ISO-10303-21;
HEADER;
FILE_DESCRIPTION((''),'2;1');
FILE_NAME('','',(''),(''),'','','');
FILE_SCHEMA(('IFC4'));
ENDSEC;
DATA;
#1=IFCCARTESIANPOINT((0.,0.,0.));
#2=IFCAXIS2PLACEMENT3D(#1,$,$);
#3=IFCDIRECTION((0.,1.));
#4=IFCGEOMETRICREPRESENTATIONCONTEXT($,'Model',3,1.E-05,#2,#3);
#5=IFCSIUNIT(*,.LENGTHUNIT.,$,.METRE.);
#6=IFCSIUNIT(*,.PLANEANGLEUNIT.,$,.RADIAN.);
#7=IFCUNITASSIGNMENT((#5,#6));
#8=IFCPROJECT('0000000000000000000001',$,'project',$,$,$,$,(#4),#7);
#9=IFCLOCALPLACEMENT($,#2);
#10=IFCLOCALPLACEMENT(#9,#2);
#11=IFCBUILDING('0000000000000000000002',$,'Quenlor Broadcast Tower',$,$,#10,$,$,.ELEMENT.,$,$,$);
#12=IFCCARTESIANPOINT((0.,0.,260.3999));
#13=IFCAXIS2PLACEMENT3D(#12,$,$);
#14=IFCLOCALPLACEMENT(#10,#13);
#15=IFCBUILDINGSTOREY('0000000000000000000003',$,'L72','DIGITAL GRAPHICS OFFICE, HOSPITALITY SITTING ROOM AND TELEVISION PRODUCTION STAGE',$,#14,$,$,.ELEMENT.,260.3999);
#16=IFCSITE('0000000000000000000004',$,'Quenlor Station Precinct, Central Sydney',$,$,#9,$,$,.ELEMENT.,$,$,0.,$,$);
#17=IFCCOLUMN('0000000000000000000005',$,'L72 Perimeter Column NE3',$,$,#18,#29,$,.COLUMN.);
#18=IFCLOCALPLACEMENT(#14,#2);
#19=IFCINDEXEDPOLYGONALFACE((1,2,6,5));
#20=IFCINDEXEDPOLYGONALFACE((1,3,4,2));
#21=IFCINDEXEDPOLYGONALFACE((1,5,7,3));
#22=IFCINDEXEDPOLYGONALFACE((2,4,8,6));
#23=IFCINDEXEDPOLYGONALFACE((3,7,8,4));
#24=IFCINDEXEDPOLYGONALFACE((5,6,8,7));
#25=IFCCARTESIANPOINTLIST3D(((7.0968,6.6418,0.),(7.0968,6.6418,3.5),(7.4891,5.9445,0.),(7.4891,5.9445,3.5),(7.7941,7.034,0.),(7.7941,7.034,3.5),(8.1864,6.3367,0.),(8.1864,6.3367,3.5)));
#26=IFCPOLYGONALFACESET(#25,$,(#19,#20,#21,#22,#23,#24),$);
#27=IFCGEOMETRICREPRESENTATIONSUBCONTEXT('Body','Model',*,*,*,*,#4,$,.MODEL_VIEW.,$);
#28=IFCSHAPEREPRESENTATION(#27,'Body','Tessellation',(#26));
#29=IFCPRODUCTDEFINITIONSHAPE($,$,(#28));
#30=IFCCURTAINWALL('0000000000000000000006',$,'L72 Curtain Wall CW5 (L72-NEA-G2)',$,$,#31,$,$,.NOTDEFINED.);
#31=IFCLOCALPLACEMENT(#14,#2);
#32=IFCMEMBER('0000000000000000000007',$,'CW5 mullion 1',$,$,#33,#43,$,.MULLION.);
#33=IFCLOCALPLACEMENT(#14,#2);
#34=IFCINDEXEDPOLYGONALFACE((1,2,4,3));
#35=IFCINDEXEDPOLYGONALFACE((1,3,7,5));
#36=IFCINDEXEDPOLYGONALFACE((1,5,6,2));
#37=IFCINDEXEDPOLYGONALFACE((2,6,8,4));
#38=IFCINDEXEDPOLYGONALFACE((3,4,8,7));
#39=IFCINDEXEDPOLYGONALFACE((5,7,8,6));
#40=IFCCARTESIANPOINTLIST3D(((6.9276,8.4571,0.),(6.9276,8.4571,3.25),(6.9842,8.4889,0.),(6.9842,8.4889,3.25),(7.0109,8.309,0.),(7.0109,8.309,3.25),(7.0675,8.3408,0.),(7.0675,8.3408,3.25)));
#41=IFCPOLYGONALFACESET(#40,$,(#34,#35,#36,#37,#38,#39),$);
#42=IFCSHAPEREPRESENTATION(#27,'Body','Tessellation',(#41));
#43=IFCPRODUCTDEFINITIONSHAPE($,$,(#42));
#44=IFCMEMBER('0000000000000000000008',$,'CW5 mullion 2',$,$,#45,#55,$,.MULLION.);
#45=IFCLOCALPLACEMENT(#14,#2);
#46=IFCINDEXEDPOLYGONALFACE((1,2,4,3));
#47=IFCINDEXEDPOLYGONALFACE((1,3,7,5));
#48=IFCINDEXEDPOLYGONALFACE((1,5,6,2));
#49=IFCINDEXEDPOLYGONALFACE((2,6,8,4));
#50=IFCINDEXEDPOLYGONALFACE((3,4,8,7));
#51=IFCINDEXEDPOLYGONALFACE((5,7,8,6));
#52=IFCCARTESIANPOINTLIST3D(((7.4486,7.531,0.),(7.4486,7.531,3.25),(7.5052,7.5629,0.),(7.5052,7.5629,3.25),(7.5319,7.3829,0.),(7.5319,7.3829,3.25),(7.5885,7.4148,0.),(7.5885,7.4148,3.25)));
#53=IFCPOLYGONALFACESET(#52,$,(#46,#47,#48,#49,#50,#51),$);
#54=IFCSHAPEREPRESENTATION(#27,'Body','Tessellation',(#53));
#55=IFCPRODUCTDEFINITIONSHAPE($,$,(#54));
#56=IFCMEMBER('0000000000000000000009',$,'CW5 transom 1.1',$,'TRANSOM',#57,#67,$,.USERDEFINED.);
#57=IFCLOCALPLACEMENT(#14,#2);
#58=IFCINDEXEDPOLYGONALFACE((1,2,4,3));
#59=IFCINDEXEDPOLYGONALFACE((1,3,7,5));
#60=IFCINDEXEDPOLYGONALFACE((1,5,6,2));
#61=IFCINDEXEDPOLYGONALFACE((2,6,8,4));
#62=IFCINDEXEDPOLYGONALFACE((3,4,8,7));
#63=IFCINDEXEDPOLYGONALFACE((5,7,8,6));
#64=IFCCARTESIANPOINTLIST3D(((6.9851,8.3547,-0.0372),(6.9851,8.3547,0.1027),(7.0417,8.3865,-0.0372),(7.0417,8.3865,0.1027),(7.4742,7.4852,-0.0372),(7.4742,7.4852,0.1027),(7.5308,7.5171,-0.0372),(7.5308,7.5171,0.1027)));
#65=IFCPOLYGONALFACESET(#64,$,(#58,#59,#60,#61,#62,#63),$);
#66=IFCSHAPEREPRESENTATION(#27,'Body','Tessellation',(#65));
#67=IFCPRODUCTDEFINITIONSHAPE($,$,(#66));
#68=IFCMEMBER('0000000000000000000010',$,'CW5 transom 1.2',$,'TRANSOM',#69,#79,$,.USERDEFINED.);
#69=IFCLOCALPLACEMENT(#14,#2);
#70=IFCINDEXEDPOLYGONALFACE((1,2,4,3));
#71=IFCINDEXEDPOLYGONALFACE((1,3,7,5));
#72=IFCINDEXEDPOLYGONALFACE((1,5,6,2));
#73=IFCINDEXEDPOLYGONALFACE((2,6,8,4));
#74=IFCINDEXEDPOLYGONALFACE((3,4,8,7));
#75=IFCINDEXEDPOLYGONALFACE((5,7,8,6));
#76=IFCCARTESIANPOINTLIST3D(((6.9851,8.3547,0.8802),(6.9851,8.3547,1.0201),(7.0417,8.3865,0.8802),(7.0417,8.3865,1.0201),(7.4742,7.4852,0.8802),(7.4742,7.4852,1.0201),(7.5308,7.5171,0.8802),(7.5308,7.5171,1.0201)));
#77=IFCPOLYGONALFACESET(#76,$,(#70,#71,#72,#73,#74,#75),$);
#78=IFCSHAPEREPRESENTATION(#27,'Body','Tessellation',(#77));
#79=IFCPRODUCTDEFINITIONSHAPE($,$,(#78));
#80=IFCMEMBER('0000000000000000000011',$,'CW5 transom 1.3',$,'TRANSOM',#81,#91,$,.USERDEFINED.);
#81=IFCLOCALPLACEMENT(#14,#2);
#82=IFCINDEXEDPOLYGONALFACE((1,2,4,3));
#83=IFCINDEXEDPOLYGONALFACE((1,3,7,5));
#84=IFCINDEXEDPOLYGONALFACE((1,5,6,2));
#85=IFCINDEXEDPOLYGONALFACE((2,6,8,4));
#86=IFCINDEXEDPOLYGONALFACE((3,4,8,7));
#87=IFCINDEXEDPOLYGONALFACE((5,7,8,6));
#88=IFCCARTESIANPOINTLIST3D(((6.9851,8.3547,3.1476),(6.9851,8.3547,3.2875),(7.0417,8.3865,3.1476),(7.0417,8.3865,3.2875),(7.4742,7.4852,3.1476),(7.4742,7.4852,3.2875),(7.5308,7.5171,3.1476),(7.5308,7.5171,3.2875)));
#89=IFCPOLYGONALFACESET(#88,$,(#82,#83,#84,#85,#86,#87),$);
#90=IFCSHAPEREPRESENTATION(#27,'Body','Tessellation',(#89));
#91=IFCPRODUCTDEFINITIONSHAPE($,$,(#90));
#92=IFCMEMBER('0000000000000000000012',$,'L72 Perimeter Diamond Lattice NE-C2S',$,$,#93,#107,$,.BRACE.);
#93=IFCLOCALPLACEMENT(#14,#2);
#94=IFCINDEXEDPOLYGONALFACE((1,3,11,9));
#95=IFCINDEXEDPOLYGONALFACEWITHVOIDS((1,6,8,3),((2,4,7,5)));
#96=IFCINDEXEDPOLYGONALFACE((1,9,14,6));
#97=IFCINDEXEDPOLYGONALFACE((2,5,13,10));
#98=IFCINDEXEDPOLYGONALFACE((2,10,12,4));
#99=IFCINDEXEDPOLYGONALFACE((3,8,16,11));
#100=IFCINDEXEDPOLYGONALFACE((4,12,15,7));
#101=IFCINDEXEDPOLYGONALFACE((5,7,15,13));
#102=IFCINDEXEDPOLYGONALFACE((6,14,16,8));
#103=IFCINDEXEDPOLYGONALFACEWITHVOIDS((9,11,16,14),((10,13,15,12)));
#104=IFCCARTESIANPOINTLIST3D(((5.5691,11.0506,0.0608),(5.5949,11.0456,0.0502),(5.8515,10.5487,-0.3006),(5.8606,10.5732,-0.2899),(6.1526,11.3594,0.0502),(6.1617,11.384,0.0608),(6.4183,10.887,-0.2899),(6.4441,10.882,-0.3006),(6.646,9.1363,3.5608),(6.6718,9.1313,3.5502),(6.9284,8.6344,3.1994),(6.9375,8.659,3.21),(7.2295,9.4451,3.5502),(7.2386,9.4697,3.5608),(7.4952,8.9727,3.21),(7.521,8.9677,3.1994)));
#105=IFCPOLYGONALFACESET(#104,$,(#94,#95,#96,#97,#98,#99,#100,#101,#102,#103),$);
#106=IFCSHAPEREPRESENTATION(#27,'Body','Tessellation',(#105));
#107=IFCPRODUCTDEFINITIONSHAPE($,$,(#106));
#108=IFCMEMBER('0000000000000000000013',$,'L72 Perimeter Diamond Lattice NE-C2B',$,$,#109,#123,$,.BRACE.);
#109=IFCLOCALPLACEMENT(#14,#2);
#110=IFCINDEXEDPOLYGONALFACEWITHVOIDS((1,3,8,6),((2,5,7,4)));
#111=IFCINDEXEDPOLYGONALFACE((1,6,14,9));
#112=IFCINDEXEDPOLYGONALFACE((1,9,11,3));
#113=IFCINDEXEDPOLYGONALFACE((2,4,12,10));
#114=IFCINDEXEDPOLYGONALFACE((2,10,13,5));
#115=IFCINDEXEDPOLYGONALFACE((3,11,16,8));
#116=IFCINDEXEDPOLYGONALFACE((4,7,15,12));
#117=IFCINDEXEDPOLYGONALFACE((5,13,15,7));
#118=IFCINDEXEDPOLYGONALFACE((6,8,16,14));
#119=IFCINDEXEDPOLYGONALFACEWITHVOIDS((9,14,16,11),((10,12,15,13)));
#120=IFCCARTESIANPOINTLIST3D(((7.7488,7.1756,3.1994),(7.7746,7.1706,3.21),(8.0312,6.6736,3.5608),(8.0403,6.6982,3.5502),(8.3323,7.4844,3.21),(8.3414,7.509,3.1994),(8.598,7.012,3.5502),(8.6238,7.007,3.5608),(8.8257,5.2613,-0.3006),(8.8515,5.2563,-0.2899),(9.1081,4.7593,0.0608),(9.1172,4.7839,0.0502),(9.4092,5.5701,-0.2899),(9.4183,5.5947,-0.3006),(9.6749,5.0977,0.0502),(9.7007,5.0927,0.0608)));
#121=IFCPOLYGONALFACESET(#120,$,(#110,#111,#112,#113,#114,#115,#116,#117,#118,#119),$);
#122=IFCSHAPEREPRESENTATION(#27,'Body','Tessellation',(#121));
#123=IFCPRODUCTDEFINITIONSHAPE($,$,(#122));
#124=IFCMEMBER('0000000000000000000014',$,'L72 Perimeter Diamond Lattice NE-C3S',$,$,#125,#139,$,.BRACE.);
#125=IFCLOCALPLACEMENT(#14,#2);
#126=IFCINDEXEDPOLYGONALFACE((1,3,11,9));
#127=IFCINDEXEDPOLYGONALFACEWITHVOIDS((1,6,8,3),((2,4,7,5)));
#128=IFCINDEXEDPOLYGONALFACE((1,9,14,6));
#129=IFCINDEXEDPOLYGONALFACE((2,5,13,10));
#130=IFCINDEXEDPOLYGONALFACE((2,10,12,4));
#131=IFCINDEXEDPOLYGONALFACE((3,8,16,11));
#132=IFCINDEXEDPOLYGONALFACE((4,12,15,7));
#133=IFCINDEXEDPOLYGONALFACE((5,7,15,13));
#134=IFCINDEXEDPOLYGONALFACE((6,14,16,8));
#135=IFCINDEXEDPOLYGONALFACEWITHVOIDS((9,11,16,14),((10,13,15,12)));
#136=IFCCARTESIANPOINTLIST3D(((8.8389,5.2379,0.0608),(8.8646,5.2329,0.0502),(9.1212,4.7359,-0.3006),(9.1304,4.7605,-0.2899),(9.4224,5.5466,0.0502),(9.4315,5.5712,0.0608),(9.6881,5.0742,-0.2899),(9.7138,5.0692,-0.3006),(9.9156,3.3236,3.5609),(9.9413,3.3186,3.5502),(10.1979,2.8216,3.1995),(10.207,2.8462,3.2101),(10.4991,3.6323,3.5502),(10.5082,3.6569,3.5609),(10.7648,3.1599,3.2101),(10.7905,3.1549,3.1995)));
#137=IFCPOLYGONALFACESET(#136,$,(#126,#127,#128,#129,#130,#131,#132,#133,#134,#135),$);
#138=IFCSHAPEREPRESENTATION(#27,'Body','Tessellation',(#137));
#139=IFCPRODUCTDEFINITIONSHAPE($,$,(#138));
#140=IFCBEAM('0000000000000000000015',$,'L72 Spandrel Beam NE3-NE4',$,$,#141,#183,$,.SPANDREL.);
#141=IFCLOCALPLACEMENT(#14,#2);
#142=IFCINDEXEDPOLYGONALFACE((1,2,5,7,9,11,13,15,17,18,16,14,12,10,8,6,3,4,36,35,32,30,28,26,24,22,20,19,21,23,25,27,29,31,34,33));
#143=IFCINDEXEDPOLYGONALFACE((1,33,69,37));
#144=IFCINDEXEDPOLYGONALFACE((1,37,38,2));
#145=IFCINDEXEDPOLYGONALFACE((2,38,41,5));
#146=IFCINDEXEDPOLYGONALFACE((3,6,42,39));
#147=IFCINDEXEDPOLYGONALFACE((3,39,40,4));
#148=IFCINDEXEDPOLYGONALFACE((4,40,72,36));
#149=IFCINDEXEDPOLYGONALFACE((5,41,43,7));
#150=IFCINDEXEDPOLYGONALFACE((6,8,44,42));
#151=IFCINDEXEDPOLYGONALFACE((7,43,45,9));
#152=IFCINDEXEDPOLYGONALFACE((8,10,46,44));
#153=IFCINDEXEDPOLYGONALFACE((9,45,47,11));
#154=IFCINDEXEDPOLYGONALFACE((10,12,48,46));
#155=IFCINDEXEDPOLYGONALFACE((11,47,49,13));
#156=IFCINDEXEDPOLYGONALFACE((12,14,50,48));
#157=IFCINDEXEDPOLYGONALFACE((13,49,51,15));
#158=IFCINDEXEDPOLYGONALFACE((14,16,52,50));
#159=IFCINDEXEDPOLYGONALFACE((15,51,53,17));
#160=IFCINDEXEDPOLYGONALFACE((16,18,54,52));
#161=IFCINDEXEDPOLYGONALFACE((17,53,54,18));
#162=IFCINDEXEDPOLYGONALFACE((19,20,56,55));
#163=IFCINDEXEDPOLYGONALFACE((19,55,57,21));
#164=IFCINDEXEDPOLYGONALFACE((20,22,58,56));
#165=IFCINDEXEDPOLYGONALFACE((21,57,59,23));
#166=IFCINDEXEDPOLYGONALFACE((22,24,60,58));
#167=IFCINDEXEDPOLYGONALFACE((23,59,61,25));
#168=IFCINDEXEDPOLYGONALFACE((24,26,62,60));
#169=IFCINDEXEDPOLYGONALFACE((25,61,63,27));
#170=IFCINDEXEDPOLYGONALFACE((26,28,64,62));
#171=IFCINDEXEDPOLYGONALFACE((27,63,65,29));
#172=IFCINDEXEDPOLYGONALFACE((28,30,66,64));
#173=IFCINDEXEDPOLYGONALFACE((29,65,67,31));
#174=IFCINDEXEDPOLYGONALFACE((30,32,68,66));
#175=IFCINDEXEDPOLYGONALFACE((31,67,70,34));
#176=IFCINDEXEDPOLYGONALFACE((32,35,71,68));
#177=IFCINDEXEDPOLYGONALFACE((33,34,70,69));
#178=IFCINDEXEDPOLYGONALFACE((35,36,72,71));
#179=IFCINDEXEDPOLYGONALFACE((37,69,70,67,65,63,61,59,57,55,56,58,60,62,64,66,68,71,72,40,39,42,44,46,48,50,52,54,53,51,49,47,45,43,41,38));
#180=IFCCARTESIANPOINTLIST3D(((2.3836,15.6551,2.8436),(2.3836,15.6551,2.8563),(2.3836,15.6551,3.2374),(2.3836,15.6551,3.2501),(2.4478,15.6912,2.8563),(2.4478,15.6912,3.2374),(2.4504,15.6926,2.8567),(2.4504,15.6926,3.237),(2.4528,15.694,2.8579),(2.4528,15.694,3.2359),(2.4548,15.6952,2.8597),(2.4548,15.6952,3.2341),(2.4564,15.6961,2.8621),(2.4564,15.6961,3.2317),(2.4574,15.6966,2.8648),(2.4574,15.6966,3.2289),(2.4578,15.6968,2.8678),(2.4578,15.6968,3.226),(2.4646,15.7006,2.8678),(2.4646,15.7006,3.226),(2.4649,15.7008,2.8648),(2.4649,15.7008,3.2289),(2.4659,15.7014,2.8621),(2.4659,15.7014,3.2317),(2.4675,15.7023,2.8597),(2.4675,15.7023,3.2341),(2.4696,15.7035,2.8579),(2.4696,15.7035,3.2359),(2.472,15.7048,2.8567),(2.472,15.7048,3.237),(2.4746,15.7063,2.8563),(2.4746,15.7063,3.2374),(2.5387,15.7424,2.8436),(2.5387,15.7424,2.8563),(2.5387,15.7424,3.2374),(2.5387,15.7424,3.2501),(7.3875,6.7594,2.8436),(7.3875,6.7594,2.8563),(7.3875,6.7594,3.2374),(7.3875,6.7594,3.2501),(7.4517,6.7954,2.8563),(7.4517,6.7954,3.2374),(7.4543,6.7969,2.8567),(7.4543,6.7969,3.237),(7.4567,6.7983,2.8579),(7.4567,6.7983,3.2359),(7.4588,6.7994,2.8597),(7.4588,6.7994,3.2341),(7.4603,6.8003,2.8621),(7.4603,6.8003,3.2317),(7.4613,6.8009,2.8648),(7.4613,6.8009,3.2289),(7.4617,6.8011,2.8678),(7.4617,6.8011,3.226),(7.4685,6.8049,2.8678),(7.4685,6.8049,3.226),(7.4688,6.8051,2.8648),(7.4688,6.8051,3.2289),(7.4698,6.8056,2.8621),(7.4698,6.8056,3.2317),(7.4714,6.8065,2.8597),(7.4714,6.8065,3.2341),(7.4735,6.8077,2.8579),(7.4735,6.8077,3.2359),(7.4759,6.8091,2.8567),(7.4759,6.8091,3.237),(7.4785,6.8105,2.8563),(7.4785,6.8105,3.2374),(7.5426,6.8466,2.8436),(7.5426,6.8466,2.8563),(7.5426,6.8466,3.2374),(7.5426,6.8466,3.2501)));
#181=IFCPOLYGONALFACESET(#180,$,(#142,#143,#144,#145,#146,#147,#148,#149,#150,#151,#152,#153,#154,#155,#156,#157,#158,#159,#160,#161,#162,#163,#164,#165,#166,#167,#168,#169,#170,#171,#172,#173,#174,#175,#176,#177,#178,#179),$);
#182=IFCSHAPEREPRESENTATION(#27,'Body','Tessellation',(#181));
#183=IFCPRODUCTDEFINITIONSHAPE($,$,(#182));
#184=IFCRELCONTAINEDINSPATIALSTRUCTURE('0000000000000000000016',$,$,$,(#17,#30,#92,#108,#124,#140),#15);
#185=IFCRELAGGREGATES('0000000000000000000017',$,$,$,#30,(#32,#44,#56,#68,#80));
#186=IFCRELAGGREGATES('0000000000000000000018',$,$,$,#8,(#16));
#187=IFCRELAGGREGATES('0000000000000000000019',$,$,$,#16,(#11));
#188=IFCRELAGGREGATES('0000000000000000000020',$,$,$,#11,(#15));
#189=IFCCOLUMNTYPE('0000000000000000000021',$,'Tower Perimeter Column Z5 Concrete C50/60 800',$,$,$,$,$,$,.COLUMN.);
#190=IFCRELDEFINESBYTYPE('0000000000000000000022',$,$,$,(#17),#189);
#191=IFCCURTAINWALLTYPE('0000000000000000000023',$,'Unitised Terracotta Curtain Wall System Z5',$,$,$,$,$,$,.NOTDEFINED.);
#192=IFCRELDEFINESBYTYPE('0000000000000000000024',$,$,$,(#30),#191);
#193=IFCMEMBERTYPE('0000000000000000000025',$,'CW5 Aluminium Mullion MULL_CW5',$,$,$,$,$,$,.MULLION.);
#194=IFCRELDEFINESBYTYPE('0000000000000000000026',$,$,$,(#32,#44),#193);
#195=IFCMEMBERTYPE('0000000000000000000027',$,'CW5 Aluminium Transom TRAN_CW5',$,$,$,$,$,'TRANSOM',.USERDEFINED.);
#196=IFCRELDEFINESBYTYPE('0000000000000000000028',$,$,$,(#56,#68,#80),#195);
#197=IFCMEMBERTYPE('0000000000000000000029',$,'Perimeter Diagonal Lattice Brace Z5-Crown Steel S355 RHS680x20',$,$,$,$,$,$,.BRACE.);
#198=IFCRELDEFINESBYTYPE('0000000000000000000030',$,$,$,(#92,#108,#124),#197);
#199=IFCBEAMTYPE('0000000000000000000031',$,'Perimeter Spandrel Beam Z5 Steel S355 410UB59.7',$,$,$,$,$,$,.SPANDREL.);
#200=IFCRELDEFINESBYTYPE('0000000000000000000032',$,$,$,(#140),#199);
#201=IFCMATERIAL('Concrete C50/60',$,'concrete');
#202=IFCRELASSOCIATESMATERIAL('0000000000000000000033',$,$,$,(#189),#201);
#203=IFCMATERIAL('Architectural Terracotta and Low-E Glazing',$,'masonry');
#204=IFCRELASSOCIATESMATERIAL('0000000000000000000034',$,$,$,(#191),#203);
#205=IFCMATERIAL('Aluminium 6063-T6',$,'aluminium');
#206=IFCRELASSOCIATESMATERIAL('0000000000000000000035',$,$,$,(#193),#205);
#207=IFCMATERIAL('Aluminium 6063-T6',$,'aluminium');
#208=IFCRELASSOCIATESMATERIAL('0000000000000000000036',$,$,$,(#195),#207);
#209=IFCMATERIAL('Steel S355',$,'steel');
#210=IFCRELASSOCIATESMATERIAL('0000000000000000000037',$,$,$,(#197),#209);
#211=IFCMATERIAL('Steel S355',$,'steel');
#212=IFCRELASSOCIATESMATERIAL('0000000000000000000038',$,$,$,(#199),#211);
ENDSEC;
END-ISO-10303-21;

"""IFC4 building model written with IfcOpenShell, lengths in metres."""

from ifc_helpers import new_model, si_unit, direction, frame, origin, origin_2d, place, context, subcontext, project, spatial, rectangle, hollow_rectangle, i_section, extrude, material, material_profile, profile_set, type_object, element, aggregate, save


model = new_model("IFC4")

# Units and contexts
model_context = context("Model", 3, precision=1e-05, world=origin(), true_north=direction((0.0, 1.0)))
body_context = subcontext(model_context, "Body", "Model", "MODEL_VIEW")
ifc_project = project(units=[si_unit("LENGTHUNIT", "METRE"), si_unit("PLANEANGLEUNIT", "RADIAN")], contexts=[model_context])

# Site, building, storey
site_placement = place(None, origin())
site = spatial("IfcSite", under=ifc_project, at=site_placement, Name="Quenlor Station Precinct, Central Sydney", CompositionType="ELEMENT", RefElevation=0.0)
building_placement = place(site_placement, origin())
building = spatial("IfcBuilding", under=site, at=building_placement, Name="Quenlor Broadcast Tower", CompositionType="ELEMENT")
storey_placement = place(building_placement, frame((0.0, 0.0, 260.3999)))
storey = spatial("IfcBuildingStorey", under=building, at=storey_placement, Name="L72", Description="DIGITAL GRAPHICS OFFICE, HOSPITALITY SITTING ROOM AND TELEVISION PRODUCTION STAGE", CompositionType="ELEMENT", Elevation=260.3999)

# Column
ifc_material_1 = material(Name="Concrete C50/60", Category="concrete")
ifc_material_profile_1 = material_profile(ifc_material_1, rectangle(XDim=0.8, YDim=0.8, at=origin_2d()))
ifc_profile_set_1 = profile_set([ifc_material_profile_1], Name="Concrete C50/60 RC800x800")
column_type = type_object("IfcColumnType", Name="Tower Perimeter Column Z5 Concrete C50/60 800", PredefinedType="COLUMN", material=ifc_profile_set_1)
column_placement = place(storey_placement, frame((7.6416, 6.4893, 0.0), z_axis=(0.0, 0.0, 1.0), x_axis=(0.871575, 0.490262, 0.0)))
element("IfcColumn", 1, at=column_placement, inside=storey, type_object=column_type, Name="L72 Perimeter Column NE3", PredefinedType="COLUMN", context=body_context, shape_type="SweptSolid", body=[
    extrude(rectangle(XDim=0.8, YDim=0.8, at=origin_2d()), origin(), (0.0, 0.0, 1.0), 3.5),
])

# Curtain wall, members
ifc_material_2 = material(Name="Architectural Terracotta and Low-E Glazing", Category="masonry")
curtain_wall_type = type_object("IfcCurtainWallType", Name="Unitised Terracotta Curtain Wall System Z5", PredefinedType="NOTDEFINED", material=ifc_material_2)
curtain_wall_placement = place(storey_placement, origin())
curtain_wall = element("IfcCurtainWall", 2, at=curtain_wall_placement, inside=storey, type_object=curtain_wall_type, Name="L72 Curtain Wall CW5 (L72-NEA-G2)", PredefinedType="NOTDEFINED")
ifc_material_3 = material(Name="Aluminium 6063-T6", Category="aluminium")
ifc_material_profile_2 = material_profile(ifc_material_3, rectangle(XDim=0.0649, YDim=0.1699, at=origin_2d()))
ifc_profile_set_2 = profile_set([ifc_material_profile_2], Name="Aluminium 6063-T6 MULL65x170")
member_type_1 = type_object("IfcMemberType", Name="CW5 Aluminium Mullion MULL_CW5", PredefinedType="MULLION", material=ifc_profile_set_2)
member_1_placement = place(storey_placement, frame((6.9976, 8.3989, 0.0), z_axis=(0.0, 0.0, 1.0), x_axis=(0.871564, 0.490282, 0.0)))
member_1 = element("IfcMember", 3, at=member_1_placement, type_object=member_type_1, Name="CW5 mullion 1", PredefinedType="MULLION", context=body_context, shape_type="SweptSolid", body=[
    extrude(rectangle(XDim=0.0649, YDim=0.1699, at=origin_2d()), origin(), (0.0, 0.0, 1.0), 3.25),
])
member_2_placement = place(storey_placement, frame((7.5186, 7.4729, 0.0), z_axis=(0.0, 0.0, 1.0), x_axis=(0.871564, 0.490282, 0.0)))
member_2 = element("IfcMember", 4, at=member_2_placement, type_object=member_type_1, Name="CW5 mullion 2", PredefinedType="MULLION", context=body_context, shape_type="SweptSolid", body=[
    extrude(rectangle(XDim=0.0649, YDim=0.1699, at=origin_2d()), origin(), (0.0, 0.0, 1.0), 3.25),
])
ifc_material_4 = material(Name="Aluminium 6063-T6", Category="aluminium")
ifc_material_profile_3 = material_profile(ifc_material_4, rectangle(XDim=0.0649, YDim=0.1399, at=origin_2d()))
ifc_profile_set_3 = profile_set([ifc_material_profile_3], Name="Aluminium 6063-T6 TRAN65x140")
member_type_2 = type_object("IfcMemberType", Name="CW5 Aluminium Transom TRAN_CW5", ElementType="TRANSOM", PredefinedType="USERDEFINED", material=ifc_profile_set_3)
member_3_placement = place(storey_placement, frame((7.0134, 8.3706, 0.0327), z_axis=(0.49025, -0.871582, 0.0), x_axis=(0.871582, 0.49025, 0.0)))
member_3 = element("IfcMember", 5, at=member_3_placement, type_object=member_type_2, Name="CW5 transom 1.1", ObjectType="TRANSOM", PredefinedType="USERDEFINED", context=body_context, shape_type="SweptSolid", body=[
    extrude(rectangle(XDim=0.0649, YDim=0.1399, at=origin_2d()), origin(), (0.0, 0.0, 1.0), 0.9976),
])
member_4_placement = place(storey_placement, frame((7.0134, 8.3706, 0.9502), z_axis=(0.49025, -0.871582, 0.0), x_axis=(0.871582, 0.49025, 0.0)))
member_4 = element("IfcMember", 6, at=member_4_placement, type_object=member_type_2, Name="CW5 transom 1.2", ObjectType="TRANSOM", PredefinedType="USERDEFINED", context=body_context, shape_type="SweptSolid", body=[
    extrude(rectangle(XDim=0.0649, YDim=0.1399, at=origin_2d()), origin(), (0.0, 0.0, 1.0), 0.9976),
])
member_5_placement = place(storey_placement, frame((7.0134, 8.3706, 3.2175), z_axis=(0.49025, -0.871582, 0.0), x_axis=(0.871582, 0.49025, 0.0)))
member_5 = element("IfcMember", 7, at=member_5_placement, type_object=member_type_2, Name="CW5 transom 1.3", ObjectType="TRANSOM", PredefinedType="USERDEFINED", context=body_context, shape_type="SweptSolid", body=[
    extrude(rectangle(XDim=0.0649, YDim=0.1399, at=origin_2d()), origin(), (0.0, 0.0, 1.0), 0.9976),
])

# Members
ifc_material_5 = material(Name="Steel S355", Category="steel")
ifc_material_profile_4 = material_profile(ifc_material_5, hollow_rectangle(XDim=0.6799, YDim=0.6799, WallThickness=0.02, at=origin_2d()))
ifc_profile_set_4 = profile_set([ifc_material_profile_4], Name="Steel S355 RHS680x680x20")
member_type_3 = type_object("IfcMemberType", Name="Perimeter Diagonal Lattice Brace Z5-Crown Steel S355 RHS680x20", PredefinedType="BRACE", material=ifc_profile_set_4)
for number, where, z_axis, x_axis, name in (
    (8, (6.0066, 10.9663, -0.1199), (0.260619, -0.463276, 0.847026), (0.871555, 0.490298, 0.0), "L72 Perimeter Diamond Lattice NE-C2S"),
    (9, (9.2632, 5.177, -0.1199), (-0.260619, 0.463276, 0.847026), (-0.871555, -0.490298, 0.0), "L72 Perimeter Diamond Lattice NE-C2B"),
    (10, (9.2764, 5.1536, -0.1199), (0.260564, -0.463283, 0.847039), (0.871602, 0.490214, 0.0), "L72 Perimeter Diamond Lattice NE-C3S"),
):
    element("IfcMember", number, at=place(storey_placement, frame(where, z_axis=z_axis, x_axis=x_axis)), inside=storey, type_object=member_type_3, Name=name, PredefinedType="BRACE", context=body_context, shape_type="SweptSolid", body=[
        extrude(hollow_rectangle(XDim=0.6799, YDim=0.6799, WallThickness=0.02, at=origin_2d()), origin(), (0.0, 0.0, 1.0), 4.1321),
    ])

# Beam
ifc_material_6 = material(Name="Steel S355", Category="steel")
ifc_material_profile_5 = material_profile(ifc_material_6, i_section(OverallWidth=0.178, OverallDepth=0.4065, WebThickness=0.0078, FlangeThickness=0.0127, FilletRadius=0.0115, at=origin_2d()))
ifc_profile_set_5 = profile_set([ifc_material_profile_5], Name="Steel S355 410UB59.7")
beam_type_1 = type_object("IfcBeamType", Name="Perimeter Spandrel Beam Z5 Steel S355 410UB59.7", PredefinedType="SPANDREL", material=ifc_profile_set_5)
beam_1_placement = place(storey_placement, frame((7.4651, 6.803, 3.0469), z_axis=(-0.490265, 0.871574, 0.0), x_axis=(-0.871574, -0.490265, 0.0)))
element("IfcBeam", 11, at=beam_1_placement, inside=storey, type_object=beam_type_1, Name="L72 Spandrel Beam NE3-NE4", PredefinedType="SPANDREL", context=body_context, shape_type="SweptSolid", body=[
    extrude(i_section(OverallWidth=0.178, OverallDepth=0.4065, WebThickness=0.0078, FlangeThickness=0.0127, FilletRadius=0.0115, at=origin_2d()), origin(), (0.0, 0.0, 1.0), 10.2065),
])

aggregate(curtain_wall, [member_1, member_2, member_3, member_4, member_5])

save(model, "model.ifc")
